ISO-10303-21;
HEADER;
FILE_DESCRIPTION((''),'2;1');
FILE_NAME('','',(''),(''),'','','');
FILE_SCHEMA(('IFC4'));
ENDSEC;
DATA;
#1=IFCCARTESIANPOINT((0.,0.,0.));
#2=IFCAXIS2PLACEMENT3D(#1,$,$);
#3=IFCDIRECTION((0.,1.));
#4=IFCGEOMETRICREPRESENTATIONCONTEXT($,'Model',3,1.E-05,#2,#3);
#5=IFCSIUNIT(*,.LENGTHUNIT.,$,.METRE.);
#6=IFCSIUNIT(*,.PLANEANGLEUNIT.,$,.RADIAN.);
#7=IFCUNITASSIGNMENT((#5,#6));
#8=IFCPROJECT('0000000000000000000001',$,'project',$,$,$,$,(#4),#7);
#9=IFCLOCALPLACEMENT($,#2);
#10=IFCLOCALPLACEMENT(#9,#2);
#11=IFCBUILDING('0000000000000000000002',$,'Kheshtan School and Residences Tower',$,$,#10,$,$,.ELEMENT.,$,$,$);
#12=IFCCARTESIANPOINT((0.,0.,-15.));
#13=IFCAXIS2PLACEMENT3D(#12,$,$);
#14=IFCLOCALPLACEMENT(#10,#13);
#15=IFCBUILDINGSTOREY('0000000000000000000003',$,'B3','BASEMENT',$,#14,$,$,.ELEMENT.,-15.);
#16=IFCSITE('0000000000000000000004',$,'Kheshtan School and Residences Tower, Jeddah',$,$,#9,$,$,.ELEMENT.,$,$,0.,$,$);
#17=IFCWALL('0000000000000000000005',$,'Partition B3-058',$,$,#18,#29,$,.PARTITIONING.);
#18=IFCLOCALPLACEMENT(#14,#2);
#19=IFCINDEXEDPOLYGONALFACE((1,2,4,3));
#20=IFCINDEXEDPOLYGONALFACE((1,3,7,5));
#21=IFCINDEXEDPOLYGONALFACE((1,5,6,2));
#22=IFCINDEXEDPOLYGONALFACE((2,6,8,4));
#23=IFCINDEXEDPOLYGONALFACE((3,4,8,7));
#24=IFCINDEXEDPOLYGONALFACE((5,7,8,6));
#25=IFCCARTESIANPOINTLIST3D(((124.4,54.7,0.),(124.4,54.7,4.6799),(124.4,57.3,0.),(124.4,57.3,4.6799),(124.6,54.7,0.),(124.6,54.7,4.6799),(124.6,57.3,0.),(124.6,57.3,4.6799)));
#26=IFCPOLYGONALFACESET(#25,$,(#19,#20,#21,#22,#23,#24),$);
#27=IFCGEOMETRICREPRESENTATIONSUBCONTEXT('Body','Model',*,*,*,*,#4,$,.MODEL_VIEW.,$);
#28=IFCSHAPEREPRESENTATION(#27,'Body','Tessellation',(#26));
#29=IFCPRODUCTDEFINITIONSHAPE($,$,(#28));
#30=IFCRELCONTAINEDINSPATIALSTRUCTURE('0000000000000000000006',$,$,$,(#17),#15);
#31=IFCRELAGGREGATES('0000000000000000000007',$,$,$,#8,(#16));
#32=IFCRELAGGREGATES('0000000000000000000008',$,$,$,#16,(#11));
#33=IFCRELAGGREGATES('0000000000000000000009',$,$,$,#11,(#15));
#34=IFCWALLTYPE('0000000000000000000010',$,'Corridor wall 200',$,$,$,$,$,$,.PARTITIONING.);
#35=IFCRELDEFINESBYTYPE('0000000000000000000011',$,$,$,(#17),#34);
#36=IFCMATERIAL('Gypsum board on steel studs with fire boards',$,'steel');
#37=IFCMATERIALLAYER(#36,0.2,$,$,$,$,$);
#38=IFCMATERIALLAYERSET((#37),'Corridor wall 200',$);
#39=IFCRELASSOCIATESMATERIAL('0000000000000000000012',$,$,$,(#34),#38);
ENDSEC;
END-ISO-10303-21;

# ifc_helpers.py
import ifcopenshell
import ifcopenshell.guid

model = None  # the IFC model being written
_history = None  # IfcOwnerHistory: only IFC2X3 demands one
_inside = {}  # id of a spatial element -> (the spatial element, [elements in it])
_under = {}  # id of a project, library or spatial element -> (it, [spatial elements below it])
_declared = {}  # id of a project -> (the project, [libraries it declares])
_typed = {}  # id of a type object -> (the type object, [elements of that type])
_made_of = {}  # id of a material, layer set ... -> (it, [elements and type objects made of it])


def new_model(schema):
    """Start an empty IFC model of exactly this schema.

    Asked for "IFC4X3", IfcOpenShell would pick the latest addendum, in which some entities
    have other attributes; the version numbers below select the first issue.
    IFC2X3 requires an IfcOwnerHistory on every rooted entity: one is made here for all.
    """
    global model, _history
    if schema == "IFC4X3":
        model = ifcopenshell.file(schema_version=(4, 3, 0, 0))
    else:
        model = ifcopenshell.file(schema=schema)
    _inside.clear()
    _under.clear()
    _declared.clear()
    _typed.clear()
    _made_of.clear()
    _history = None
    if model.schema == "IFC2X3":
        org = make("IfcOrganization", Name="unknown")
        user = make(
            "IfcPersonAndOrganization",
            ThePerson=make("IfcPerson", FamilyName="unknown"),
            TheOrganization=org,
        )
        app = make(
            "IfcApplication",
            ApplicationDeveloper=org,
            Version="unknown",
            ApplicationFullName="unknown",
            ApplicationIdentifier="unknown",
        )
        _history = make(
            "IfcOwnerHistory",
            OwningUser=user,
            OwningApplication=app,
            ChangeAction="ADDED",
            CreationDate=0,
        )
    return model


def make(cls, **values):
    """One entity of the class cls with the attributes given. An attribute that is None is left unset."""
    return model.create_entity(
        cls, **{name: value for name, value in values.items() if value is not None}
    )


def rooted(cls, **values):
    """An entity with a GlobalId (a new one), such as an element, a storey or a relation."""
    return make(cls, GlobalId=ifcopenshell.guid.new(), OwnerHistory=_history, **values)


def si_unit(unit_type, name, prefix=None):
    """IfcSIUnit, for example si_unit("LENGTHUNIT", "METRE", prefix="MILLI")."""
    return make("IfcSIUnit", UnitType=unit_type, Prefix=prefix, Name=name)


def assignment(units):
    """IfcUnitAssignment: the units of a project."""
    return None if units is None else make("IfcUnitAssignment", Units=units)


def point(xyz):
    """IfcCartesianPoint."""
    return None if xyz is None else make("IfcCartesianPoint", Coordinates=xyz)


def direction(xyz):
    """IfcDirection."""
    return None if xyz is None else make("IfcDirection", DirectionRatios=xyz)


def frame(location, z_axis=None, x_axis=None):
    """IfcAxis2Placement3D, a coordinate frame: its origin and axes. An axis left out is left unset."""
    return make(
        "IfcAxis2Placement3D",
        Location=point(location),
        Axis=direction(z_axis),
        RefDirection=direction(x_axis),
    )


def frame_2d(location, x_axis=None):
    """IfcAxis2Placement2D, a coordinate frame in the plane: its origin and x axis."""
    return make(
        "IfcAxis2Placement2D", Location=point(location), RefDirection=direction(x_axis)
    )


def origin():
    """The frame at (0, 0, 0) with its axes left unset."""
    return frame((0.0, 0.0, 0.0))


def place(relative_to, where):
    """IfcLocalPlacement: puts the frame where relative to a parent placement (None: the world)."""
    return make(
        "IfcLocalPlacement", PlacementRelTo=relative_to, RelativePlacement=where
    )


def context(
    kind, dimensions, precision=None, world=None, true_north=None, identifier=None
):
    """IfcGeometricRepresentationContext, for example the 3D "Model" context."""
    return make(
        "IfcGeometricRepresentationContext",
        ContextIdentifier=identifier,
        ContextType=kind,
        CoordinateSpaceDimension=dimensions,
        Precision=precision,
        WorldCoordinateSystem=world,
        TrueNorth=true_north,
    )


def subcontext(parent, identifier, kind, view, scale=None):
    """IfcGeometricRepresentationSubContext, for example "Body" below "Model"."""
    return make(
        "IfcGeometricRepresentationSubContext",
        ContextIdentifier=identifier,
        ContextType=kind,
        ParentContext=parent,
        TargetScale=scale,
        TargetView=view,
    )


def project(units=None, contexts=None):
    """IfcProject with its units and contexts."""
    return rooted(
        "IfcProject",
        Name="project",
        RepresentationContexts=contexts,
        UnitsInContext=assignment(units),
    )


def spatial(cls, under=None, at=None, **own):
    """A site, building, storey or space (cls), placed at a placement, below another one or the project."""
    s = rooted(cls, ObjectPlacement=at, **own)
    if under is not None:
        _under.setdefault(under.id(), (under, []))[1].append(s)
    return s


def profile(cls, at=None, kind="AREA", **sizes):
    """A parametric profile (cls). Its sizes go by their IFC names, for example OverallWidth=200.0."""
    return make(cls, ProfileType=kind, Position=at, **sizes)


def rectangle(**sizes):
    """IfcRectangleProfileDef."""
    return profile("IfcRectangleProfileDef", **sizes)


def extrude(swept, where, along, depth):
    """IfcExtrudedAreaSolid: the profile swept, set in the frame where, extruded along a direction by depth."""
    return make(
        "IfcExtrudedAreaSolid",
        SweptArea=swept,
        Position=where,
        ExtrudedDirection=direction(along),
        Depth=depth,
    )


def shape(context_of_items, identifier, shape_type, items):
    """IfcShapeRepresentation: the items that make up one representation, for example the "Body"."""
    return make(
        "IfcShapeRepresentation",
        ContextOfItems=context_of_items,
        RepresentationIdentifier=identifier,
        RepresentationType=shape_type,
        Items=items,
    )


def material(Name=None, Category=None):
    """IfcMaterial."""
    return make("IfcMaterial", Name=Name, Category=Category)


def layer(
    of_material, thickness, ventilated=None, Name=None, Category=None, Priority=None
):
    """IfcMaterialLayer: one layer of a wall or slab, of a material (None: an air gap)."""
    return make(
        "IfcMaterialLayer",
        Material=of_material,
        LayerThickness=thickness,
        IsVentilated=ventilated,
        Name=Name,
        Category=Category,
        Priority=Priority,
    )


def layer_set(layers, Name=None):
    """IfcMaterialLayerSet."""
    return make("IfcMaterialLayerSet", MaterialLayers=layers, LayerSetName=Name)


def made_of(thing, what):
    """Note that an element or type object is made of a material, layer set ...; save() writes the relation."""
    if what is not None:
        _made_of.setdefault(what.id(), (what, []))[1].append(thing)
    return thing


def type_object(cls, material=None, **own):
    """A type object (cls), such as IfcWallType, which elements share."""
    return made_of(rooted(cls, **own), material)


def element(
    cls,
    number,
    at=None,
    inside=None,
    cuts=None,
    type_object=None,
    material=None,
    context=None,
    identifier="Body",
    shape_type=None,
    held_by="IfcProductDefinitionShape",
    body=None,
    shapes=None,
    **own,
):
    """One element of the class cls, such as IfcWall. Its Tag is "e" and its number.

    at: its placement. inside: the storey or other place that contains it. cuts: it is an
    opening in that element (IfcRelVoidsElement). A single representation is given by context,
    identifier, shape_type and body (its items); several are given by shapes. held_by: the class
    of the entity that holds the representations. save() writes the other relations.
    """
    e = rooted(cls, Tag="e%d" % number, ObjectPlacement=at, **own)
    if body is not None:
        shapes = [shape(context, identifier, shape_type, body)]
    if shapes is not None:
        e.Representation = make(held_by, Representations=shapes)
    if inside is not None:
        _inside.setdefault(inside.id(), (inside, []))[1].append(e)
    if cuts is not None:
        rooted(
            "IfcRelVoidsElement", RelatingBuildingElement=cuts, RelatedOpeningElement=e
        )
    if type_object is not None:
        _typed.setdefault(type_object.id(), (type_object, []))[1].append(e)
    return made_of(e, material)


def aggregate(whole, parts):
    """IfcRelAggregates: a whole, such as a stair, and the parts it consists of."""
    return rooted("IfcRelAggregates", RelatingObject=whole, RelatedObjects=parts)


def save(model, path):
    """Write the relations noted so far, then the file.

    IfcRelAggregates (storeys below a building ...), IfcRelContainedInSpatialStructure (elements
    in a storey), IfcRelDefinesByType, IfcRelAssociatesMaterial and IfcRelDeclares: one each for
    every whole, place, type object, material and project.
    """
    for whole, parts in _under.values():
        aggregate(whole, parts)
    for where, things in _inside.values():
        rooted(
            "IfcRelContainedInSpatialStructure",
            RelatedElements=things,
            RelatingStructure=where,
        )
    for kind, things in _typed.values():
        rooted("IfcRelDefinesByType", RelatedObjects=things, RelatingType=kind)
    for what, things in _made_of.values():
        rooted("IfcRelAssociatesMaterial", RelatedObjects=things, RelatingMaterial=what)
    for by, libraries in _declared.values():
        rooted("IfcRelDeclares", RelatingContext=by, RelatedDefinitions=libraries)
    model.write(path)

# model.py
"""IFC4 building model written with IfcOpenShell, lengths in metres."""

from ifc_helpers import new_model, si_unit, direction, frame, frame_2d, origin, place, context, subcontext, project, spatial, rectangle, extrude, material, layer, layer_set, type_object, element, save


model = new_model("IFC4")

# Units and contexts
model_context = context("Model", 3, precision=1e-05, world=origin(), true_north=direction((0.0, 1.0)))
body_context = subcontext(model_context, "Body", "Model", "MODEL_VIEW")
ifc_project = project(units=[si_unit("LENGTHUNIT", "METRE"), si_unit("PLANEANGLEUNIT", "RADIAN")], contexts=[model_context])

# Site, building, storey
site_placement = place(None, origin())
site = spatial("IfcSite", under=ifc_project, at=site_placement, Name="Kheshtan School and Residences Tower, Jeddah", CompositionType="ELEMENT", RefElevation=0.0)
building_placement = place(site_placement, origin())
building = spatial("IfcBuilding", under=site, at=building_placement, Name="Kheshtan School and Residences Tower", CompositionType="ELEMENT")
storey_placement = place(building_placement, frame((0.0, 0.0, -15.0)))
storey = spatial("IfcBuildingStorey", under=building, at=storey_placement, Name="B3", Description="BASEMENT", CompositionType="ELEMENT", Elevation=-15.0)

# Shared definitions
ifc_material_1 = material(Name="Gypsum board on steel studs with fire boards", Category="steel")
ifc_layer = layer(ifc_material_1, 0.2)
ifc_layer_set = layer_set([ifc_layer], Name="Corridor wall 200")
wall_type = type_object("IfcWallType", Name="Corridor wall 200", PredefinedType="PARTITIONING", material=ifc_layer_set)

# Wall
wall_1_placement = place(storey_placement, frame((124.5, 54.7, 0.0), z_axis=(0.0, 0.0, 1.0), x_axis=(0.0, 1.0, 0.0)))
element("IfcWall", 1, at=wall_1_placement, inside=storey, type_object=wall_type, Name="Partition B3-058", PredefinedType="PARTITIONING", context=body_context, shape_type="SweptSolid", body=[
    extrude(rectangle(XDim=2.6001, YDim=0.2, at=frame_2d((1.3, 0.0))), origin(), (0.0, 0.0, 1.0), 4.6799),
])

save(model, "model.ifc")
